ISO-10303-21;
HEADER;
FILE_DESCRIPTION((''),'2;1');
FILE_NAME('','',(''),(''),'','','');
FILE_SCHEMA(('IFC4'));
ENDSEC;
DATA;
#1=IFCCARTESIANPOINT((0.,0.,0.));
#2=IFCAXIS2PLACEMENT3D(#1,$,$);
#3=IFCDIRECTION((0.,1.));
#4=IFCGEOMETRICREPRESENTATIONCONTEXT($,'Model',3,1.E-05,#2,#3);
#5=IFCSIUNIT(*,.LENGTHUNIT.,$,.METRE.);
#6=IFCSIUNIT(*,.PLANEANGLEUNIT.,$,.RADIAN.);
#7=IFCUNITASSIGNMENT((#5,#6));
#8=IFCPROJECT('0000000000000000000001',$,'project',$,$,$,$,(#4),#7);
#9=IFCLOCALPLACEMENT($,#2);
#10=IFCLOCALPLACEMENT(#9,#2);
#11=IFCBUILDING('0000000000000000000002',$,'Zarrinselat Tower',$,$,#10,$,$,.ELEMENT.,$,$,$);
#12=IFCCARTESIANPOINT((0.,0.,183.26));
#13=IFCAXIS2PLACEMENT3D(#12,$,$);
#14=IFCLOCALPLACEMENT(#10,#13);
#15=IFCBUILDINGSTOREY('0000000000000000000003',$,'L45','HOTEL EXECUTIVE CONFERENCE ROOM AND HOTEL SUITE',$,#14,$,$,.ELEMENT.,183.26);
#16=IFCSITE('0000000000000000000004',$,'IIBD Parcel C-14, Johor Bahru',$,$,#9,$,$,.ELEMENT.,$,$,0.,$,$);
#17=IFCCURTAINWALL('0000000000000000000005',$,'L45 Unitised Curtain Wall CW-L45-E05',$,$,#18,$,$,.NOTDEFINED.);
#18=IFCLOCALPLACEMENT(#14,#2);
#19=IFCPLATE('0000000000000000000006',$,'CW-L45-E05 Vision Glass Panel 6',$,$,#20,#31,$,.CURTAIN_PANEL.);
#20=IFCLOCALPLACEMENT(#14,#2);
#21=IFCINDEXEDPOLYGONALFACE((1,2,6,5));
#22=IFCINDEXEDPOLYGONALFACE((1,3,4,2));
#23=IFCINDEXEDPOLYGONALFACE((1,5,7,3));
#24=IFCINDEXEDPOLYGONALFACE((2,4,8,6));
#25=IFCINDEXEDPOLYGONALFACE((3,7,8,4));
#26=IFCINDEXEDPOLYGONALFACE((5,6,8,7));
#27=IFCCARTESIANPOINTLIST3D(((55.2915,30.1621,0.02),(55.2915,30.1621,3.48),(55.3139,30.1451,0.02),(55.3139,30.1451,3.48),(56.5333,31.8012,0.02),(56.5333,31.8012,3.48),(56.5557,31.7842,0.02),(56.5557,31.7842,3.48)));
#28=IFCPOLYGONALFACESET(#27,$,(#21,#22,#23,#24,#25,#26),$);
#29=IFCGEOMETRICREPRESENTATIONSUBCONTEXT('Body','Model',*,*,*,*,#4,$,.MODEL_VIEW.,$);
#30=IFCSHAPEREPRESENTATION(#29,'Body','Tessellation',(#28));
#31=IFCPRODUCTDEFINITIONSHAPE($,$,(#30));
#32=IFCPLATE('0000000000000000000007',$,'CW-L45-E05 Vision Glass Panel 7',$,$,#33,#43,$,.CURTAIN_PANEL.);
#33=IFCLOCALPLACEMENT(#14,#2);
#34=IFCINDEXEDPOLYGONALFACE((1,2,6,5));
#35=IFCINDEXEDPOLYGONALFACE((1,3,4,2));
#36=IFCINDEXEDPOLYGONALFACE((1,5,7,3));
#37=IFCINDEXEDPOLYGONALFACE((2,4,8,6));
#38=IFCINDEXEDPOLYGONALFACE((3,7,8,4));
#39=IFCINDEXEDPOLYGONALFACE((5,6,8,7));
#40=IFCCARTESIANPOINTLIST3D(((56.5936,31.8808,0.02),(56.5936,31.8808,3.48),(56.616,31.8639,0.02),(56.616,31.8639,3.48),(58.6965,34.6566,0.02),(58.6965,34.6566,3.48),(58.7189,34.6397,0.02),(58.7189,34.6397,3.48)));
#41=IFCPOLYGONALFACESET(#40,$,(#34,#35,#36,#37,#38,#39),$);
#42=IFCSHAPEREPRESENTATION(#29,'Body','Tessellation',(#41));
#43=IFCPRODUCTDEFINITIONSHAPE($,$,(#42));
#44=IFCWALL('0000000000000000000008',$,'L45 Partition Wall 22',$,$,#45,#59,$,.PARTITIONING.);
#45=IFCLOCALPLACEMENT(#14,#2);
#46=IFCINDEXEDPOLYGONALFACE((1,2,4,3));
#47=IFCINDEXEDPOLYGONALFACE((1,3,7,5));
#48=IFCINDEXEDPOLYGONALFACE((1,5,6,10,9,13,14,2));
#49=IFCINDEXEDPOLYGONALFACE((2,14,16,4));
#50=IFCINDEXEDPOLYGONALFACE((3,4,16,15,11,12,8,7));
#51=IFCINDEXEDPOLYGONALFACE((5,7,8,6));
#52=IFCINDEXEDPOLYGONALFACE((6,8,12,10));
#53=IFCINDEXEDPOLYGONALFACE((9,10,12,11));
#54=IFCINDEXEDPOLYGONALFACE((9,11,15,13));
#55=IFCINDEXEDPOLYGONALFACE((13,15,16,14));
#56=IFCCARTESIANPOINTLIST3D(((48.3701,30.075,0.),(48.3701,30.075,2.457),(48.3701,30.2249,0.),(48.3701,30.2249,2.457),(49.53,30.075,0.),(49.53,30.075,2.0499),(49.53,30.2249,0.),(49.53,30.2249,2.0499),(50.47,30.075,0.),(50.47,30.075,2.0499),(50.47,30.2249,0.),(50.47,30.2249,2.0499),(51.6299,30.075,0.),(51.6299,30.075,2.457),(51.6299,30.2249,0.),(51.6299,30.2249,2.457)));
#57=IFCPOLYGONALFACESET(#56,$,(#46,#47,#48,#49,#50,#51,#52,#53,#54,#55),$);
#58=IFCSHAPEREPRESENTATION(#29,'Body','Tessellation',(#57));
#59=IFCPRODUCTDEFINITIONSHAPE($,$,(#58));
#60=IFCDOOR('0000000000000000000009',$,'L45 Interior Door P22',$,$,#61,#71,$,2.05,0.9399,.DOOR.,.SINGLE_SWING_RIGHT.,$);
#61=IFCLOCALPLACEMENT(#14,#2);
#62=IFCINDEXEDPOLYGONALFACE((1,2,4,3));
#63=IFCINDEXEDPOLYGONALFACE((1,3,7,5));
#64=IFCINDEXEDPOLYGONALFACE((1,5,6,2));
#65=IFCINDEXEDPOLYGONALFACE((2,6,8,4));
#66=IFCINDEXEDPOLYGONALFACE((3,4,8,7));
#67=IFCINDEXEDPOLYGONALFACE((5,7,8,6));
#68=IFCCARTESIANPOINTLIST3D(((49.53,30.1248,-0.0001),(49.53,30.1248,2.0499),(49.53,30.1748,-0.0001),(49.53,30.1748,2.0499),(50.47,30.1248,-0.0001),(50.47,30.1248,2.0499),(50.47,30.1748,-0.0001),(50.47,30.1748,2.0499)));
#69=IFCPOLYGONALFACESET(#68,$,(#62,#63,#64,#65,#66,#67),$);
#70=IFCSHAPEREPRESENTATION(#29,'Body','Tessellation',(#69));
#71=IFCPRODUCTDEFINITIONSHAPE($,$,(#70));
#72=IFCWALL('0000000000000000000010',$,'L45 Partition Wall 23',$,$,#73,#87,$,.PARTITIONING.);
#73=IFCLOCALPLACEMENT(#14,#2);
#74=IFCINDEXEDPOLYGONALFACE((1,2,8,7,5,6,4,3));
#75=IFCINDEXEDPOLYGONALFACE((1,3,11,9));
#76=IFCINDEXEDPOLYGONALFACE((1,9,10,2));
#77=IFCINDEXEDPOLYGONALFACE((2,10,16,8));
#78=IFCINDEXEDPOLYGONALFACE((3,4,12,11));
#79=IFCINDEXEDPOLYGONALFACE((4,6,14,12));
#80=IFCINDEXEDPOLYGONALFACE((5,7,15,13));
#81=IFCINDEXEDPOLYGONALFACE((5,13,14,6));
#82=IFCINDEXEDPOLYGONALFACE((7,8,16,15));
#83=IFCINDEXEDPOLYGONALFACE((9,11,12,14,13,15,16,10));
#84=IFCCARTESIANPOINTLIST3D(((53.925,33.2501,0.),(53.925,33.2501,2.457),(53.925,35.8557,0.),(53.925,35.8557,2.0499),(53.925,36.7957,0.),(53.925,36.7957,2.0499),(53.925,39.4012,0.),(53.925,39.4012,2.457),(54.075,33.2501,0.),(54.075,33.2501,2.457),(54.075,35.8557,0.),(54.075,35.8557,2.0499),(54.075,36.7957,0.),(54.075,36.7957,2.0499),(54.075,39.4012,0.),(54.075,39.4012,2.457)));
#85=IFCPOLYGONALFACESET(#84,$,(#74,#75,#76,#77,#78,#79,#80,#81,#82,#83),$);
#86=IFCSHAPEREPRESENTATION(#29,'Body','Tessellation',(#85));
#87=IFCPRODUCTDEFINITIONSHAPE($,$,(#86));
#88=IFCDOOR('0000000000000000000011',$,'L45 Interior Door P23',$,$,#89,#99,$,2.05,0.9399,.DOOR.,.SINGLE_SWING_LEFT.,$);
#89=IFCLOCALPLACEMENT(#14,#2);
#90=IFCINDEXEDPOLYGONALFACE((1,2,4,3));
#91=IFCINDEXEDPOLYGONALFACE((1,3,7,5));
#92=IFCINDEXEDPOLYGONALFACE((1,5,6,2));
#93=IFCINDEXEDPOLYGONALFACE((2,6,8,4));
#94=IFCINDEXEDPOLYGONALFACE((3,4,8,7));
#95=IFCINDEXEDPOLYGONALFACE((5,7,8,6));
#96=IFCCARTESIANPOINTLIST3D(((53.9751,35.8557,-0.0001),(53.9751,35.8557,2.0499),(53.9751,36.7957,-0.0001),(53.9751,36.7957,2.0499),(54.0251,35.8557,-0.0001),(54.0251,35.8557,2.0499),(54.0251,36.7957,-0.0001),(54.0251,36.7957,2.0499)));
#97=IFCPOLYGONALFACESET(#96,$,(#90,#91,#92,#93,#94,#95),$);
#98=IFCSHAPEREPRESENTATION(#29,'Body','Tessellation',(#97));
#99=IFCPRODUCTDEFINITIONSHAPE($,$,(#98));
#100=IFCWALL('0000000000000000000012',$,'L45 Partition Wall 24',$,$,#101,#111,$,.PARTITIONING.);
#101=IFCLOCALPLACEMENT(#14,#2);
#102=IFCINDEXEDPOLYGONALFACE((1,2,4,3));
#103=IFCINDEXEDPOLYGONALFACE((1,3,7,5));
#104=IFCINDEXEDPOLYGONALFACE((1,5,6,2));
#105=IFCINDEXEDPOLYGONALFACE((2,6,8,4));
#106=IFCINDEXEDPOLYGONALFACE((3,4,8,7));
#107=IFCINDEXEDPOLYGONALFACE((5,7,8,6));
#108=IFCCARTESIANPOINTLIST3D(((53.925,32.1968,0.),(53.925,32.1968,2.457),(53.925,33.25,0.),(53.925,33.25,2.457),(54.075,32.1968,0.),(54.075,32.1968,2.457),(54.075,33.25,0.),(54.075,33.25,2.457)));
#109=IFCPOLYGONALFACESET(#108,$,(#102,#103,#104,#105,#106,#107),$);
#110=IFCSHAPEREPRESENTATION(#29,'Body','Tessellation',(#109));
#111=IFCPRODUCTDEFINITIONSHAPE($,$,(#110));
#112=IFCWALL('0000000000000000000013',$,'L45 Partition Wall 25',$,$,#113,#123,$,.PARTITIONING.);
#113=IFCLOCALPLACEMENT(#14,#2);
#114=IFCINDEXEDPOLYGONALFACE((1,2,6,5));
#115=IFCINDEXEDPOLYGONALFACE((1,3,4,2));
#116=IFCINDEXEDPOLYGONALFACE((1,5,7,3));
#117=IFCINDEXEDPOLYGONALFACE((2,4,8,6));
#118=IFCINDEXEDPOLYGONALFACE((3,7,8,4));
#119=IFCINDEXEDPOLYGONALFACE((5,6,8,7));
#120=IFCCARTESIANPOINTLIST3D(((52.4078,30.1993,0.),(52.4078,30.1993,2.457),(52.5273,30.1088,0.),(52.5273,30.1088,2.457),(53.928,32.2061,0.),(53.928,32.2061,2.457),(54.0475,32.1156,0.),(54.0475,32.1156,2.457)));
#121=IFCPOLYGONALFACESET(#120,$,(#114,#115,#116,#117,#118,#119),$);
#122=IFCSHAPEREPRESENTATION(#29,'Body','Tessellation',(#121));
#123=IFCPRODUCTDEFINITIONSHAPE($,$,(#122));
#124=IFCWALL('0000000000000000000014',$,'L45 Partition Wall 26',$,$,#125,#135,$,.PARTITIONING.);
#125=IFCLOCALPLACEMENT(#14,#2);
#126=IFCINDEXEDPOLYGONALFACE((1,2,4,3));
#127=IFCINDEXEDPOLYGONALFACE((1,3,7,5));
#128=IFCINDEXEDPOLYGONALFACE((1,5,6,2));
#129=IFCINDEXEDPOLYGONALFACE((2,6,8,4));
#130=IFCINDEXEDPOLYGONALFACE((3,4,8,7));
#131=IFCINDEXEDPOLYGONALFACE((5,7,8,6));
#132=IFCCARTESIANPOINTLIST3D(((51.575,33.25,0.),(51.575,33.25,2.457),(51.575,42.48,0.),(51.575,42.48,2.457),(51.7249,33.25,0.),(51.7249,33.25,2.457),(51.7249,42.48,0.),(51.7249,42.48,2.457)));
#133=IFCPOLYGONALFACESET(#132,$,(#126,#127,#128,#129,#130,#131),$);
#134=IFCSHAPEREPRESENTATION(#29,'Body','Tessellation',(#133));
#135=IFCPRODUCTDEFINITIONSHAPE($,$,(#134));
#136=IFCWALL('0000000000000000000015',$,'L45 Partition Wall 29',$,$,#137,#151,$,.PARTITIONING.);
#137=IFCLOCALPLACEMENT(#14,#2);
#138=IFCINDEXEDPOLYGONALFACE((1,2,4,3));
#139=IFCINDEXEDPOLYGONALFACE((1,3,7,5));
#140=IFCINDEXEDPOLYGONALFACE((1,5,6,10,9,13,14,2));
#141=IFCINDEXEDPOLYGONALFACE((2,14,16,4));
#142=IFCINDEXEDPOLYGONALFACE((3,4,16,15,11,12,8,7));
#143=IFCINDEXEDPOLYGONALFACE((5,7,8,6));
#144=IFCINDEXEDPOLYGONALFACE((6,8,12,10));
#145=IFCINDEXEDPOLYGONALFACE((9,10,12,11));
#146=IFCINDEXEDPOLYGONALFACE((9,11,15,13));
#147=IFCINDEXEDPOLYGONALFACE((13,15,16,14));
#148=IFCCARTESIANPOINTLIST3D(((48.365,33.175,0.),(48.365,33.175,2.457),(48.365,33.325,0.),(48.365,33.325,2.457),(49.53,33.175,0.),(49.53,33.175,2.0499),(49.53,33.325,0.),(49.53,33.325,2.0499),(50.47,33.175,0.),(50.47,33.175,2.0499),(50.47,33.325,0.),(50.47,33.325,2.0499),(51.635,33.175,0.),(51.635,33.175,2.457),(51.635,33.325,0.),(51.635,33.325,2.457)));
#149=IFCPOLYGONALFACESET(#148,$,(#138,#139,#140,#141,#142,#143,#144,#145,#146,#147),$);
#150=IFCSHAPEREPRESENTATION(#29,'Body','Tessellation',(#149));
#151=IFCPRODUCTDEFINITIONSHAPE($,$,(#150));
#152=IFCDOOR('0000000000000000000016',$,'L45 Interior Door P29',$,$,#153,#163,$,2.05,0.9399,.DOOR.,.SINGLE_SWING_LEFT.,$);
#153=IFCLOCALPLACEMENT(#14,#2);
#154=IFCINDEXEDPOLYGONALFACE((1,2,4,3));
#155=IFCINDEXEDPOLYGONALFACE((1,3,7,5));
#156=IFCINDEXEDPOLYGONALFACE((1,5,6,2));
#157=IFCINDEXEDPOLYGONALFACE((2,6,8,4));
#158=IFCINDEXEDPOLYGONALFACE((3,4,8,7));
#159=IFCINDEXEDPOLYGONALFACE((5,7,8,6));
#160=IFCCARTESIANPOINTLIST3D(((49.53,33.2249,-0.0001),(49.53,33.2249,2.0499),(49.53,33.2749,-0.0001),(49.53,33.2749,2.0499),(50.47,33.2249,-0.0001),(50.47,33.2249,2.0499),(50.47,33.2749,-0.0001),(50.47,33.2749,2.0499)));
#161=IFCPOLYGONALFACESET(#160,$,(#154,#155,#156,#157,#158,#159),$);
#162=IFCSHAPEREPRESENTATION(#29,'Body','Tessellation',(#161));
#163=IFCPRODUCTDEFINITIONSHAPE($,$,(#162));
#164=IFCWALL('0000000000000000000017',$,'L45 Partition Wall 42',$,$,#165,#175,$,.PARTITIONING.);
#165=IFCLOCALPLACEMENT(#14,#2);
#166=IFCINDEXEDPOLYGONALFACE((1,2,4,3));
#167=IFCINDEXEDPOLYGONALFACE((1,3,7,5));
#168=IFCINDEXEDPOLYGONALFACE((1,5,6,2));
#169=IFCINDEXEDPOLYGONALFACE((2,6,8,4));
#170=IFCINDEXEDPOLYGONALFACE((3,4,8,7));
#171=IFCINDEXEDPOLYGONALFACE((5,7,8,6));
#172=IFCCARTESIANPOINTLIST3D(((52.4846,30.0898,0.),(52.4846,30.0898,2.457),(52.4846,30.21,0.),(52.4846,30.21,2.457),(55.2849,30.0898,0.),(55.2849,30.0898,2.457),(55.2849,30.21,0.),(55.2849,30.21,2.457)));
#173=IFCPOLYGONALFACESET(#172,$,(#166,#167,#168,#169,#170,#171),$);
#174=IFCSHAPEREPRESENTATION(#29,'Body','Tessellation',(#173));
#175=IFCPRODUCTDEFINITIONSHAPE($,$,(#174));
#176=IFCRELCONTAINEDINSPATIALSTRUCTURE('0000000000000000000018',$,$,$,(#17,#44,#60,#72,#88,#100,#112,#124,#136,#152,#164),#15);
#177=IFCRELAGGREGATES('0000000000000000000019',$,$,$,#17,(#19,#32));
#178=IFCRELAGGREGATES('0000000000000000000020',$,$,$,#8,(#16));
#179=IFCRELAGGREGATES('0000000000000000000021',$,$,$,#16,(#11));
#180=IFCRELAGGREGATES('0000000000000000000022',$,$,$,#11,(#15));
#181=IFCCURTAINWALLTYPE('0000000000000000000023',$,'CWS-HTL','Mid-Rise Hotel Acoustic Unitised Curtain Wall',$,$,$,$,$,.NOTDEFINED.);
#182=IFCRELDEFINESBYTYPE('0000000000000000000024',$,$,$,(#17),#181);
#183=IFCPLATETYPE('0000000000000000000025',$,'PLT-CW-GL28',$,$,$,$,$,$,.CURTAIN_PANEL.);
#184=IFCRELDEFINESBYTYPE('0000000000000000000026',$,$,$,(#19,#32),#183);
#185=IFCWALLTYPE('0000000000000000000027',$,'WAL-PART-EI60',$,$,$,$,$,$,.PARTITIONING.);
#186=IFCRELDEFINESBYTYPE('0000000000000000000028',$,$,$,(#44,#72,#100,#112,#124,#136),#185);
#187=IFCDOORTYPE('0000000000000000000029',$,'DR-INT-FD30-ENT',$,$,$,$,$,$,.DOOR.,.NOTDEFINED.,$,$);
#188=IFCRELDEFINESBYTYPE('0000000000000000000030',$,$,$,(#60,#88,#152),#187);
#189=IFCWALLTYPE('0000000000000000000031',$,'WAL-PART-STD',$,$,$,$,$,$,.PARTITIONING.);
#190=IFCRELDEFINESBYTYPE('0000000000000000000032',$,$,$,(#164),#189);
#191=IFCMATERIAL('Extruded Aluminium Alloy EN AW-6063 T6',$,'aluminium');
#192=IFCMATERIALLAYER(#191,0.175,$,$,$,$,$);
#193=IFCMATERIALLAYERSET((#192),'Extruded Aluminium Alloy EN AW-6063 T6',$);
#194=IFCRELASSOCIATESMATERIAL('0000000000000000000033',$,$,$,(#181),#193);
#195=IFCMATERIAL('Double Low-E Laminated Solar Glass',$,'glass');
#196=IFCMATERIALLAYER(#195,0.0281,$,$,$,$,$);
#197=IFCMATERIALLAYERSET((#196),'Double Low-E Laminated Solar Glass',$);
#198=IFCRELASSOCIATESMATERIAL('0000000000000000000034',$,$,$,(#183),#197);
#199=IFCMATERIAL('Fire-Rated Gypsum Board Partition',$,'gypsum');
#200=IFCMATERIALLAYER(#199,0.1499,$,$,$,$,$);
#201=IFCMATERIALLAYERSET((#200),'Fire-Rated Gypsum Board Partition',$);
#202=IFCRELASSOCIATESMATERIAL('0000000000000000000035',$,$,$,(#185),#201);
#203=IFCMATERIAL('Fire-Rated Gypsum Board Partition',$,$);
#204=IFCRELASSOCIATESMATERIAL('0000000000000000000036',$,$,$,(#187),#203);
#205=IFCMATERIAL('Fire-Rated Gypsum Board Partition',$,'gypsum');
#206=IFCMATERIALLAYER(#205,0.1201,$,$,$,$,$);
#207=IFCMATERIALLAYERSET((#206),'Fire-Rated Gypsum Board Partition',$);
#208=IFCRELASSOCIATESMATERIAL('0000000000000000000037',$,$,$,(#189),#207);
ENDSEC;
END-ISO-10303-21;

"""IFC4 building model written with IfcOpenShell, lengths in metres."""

from ifc_helpers import new_model, si_unit, direction, frame, frame_2d, origin, origin_2d, place, context, subcontext, project, spatial, rectangle, extrude, material, layer, layer_set, type_object, element, fill, aggregate, save


model = new_model("IFC4")

# Units and contexts
model_context = context("Model", 3, precision=1e-05, world=origin(), true_north=direction((0.0, 1.0)))
body_context = subcontext(model_context, "Body", "Model", "MODEL_VIEW")
ifc_project = project(units=[si_unit("LENGTHUNIT", "METRE"), si_unit("PLANEANGLEUNIT", "RADIAN")], contexts=[model_context])

# Site, building, storey
site_placement = place(None, origin())
site = spatial("IfcSite", under=ifc_project, at=site_placement, Name="IIBD Parcel C-14, Johor Bahru", CompositionType="ELEMENT", RefElevation=0.0)
building_placement = place(site_placement, origin())
building = spatial("IfcBuilding", under=site, at=building_placement, Name="Zarrinselat Tower", CompositionType="ELEMENT")
storey_placement = place(building_placement, frame((0.0, 0.0, 183.26)))
storey = spatial("IfcBuildingStorey", under=building, at=storey_placement, Name="L45", Description="HOTEL EXECUTIVE CONFERENCE ROOM AND HOTEL SUITE", CompositionType="ELEMENT", Elevation=183.26)

# Curtain wall, plates
ifc_material_1 = material(Name="Extruded Aluminium Alloy EN AW-6063 T6", Category="aluminium")
ifc_layer_1 = layer(ifc_material_1, 0.175)
ifc_layer_set_1 = layer_set([ifc_layer_1], Name="Extruded Aluminium Alloy EN AW-6063 T6")
curtain_wall_type = type_object("IfcCurtainWallType", Name="CWS-HTL", Description="Mid-Rise Hotel Acoustic Unitised Curtain Wall", PredefinedType="NOTDEFINED", material=ifc_layer_set_1)
curtain_wall_placement = place(storey_placement, origin())
curtain_wall = element("IfcCurtainWall", 1, at=curtain_wall_placement, inside=storey, type_object=curtain_wall_type, Name="L45 Unitised Curtain Wall CW-L45-E05", PredefinedType="NOTDEFINED")
ifc_material_2 = material(Name="Double Low-E Laminated Solar Glass", Category="glass")
ifc_layer_2 = layer(ifc_material_2, 0.0281)
ifc_layer_set_2 = layer_set([ifc_layer_2], Name="Double Low-E Laminated Solar Glass")
plate_type = type_object("IfcPlateType", Name="PLT-CW-GL28", PredefinedType="CURTAIN_PANEL", material=ifc_layer_set_2)
plate_1_placement = place(storey_placement, frame((55.9236, 30.9731, 0.02), z_axis=(0.0, 0.0, 1.0), x_axis=(0.603859, 0.797091, 0.0)))
plate_1 = element("IfcPlate", 2, at=plate_1_placement, type_object=plate_type, Name="CW-L45-E05 Vision Glass Panel 6", PredefinedType="CURTAIN_PANEL", context=body_context, shape_type="SweptSolid", body=[
    extrude(rectangle(XDim=2.0564, YDim=0.0281, at=origin_2d()), origin(), (0.0, 0.0, 1.0), 3.46),
])
plate_2_placement = place(storey_placement, frame((57.6562, 33.2603, 0.02), z_axis=(0.0, 0.0, 1.0), x_axis=(0.603859, 0.797091, 0.0)))
plate_2 = element("IfcPlate", 3, at=plate_2_placement, type_object=plate_type, Name="CW-L45-E05 Vision Glass Panel 7", PredefinedType="CURTAIN_PANEL", context=body_context, shape_type="SweptSolid", body=[
    extrude(rectangle(XDim=3.4824, YDim=0.0281, at=origin_2d()), origin(), (0.0, 0.0, 1.0), 3.46),
])
aggregate(curtain_wall, [plate_1, plate_2])

# Walls, openings, doors
ifc_material_3 = material(Name="Fire-Rated Gypsum Board Partition", Category="gypsum")
ifc_layer_3 = layer(ifc_material_3, 0.1499)
ifc_layer_set_3 = layer_set([ifc_layer_3], Name="Fire-Rated Gypsum Board Partition")
wall_type_1 = type_object("IfcWallType", Name="WAL-PART-EI60", PredefinedType="PARTITIONING", material=ifc_layer_set_3)
wall_1_placement = place(storey_placement, frame((48.3701, 30.1499, 0.0), z_axis=(0.0, 0.0, 1.0), x_axis=(1.0, 0.0, 0.0)))
wall_1 = element("IfcWall", 4, at=wall_1_placement, inside=storey, type_object=wall_type_1, Name="L45 Partition Wall 22", PredefinedType="PARTITIONING", context=body_context, shape_type="SweptSolid", body=[
    extrude(rectangle(XDim=3.2598, YDim=0.1499, at=frame_2d((1.6299, 0.0))), origin(), (0.0, 0.0, 1.0), 2.457),
])
opening_1_placement = place(wall_1_placement, frame((1.1599, 0.0, 0.0)))
opening_1 = element("IfcOpeningElement", 5, at=opening_1_placement, cuts=wall_1, PredefinedType="OPENING", context=body_context, shape_type="SweptSolid", body=[
    extrude(rectangle(XDim=0.9399, YDim=2.05, at=frame_2d((0.47, 1.0249))), frame((0.0, 0.085, 0.0), z_axis=(0.0, -1.0, 0.0), x_axis=(1.0, 0.0, 0.0)), (0.0, 0.0, 1.0), 0.1699),
])
ifc_material_4 = material(Name="Fire-Rated Gypsum Board Partition")
door_type = type_object("IfcDoorType", Name="DR-INT-FD30-ENT", OperationType="NOTDEFINED", PredefinedType="DOOR", material=ifc_material_4)
door_1_placement = place(opening_1_placement, origin())
door_1 = element("IfcDoor", 6, at=door_1_placement, inside=storey, type_object=door_type, Name="L45 Interior Door P22", OperationType="SINGLE_SWING_RIGHT", OverallHeight=2.05, OverallWidth=0.9399, PredefinedType="DOOR", context=body_context, shape_type="SweptSolid", body=[
    extrude(rectangle(XDim=0.9399, YDim=2.05, at=frame_2d((0.47, 1.0249))), frame((0.0, 0.0249, 0.0), z_axis=(0.0, -1.0, 0.0), x_axis=(1.0, 0.0, 0.0)), (0.0, 0.0, 1.0), 0.05),
])
fill(opening_1, door_1)
wall_2_placement = place(storey_placement, frame((54.0, 33.25, 0.0), z_axis=(0.0, 0.0, 1.0), x_axis=(0.0, 1.0, 0.0)))
wall_2 = element("IfcWall", 7, at=wall_2_placement, inside=storey, type_object=wall_type_1, Name="L45 Partition Wall 23", PredefinedType="PARTITIONING", context=body_context, shape_type="SweptSolid", body=[
    extrude(rectangle(XDim=6.1511, YDim=0.1499, at=frame_2d((3.0757, 0.0))), origin(), (0.0, 0.0, 1.0), 2.457),
])
opening_2_placement = place(wall_2_placement, frame((2.6057, 0.0, 0.0)))
opening_2 = element("IfcOpeningElement", 8, at=opening_2_placement, cuts=wall_2, PredefinedType="OPENING", context=body_context, shape_type="SweptSolid", body=[
    extrude(rectangle(XDim=0.9399, YDim=2.05, at=frame_2d((0.47, 1.0249))), frame((0.0, 0.085, 0.0), z_axis=(0.0, -1.0, 0.0), x_axis=(1.0, 0.0, 0.0)), (0.0, 0.0, 1.0), 0.1699),
])
door_2_placement = place(opening_2_placement, origin())
door_2 = element("IfcDoor", 9, at=door_2_placement, inside=storey, type_object=door_type, Name="L45 Interior Door P23", OperationType="SINGLE_SWING_LEFT", OverallHeight=2.05, OverallWidth=0.9399, PredefinedType="DOOR", context=body_context, shape_type="SweptSolid", body=[
    extrude(rectangle(XDim=0.9399, YDim=2.05, at=frame_2d((0.47, 1.0249))), frame((0.0, 0.0249, 0.0), z_axis=(0.0, -1.0, 0.0), x_axis=(1.0, 0.0, 0.0)), (0.0, 0.0, 1.0), 0.05),
])
fill(opening_2, door_2)

# Walls
wall_3_placement = place(storey_placement, frame((54.0, 32.1968, 0.0), z_axis=(0.0, 0.0, 1.0), x_axis=(0.0, 1.0, 0.0)))
element("IfcWall", 10, at=wall_3_placement, inside=storey, type_object=wall_type_1, Name="L45 Partition Wall 24", PredefinedType="PARTITIONING", context=body_context, shape_type="SweptSolid", body=[
    extrude(rectangle(XDim=1.0532, YDim=0.1499, at=frame_2d((0.5266, 0.0))), origin(), (0.0, 0.0, 1.0), 2.457),
])
wall_4_placement = place(storey_placement, frame((52.4675, 30.1541, 0.0), z_axis=(0.0, 0.0, 1.0), x_axis=(0.603841, 0.797105, 0.0)))
element("IfcWall", 11, at=wall_4_placement, inside=storey, type_object=wall_type_1, Name="L45 Partition Wall 25", PredefinedType="PARTITIONING", context=body_context, shape_type="SweptSolid", body=[
    extrude(rectangle(XDim=2.5176, YDim=0.1499, at=frame_2d((1.2588, 0.0))), origin(), (0.0, 0.0, 1.0), 2.457),
])
wall_5_placement = place(storey_placement, frame((51.6499, 33.25, 0.0), z_axis=(0.0, 0.0, 1.0), x_axis=(0.0, 1.0, 0.0)))
element("IfcWall", 12, at=wall_5_placement, inside=storey, type_object=wall_type_1, Name="L45 Partition Wall 26", PredefinedType="PARTITIONING", context=body_context, shape_type="SweptSolid", body=[
    extrude(rectangle(XDim=9.23, YDim=0.1499, at=frame_2d((4.615, 0.0))), origin(), (0.0, 0.0, 1.0), 2.457),
])

# Wall, opening, door
wall_6_placement = place(storey_placement, frame((48.365, 33.25, 0.0), z_axis=(0.0, 0.0, 1.0), x_axis=(1.0, 0.0, 0.0)))
wall_6 = element("IfcWall", 13, at=wall_6_placement, inside=storey, type_object=wall_type_1, Name="L45 Partition Wall 29", PredefinedType="PARTITIONING", context=body_context, shape_type="SweptSolid", body=[
    extrude(rectangle(XDim=3.27, YDim=0.1499, at=frame_2d((1.635, 0.0))), origin(), (0.0, 0.0, 1.0), 2.457),
])
opening_3_placement = place(wall_6_placement, frame((1.165, 0.0, 0.0)))
opening_3 = element("IfcOpeningElement", 14, at=opening_3_placement, cuts=wall_6, PredefinedType="OPENING", context=body_context, shape_type="SweptSolid", body=[
    extrude(rectangle(XDim=0.9399, YDim=2.05, at=frame_2d((0.47, 1.0249))), frame((0.0, 0.085, 0.0), z_axis=(0.0, -1.0, 0.0), x_axis=(1.0, 0.0, 0.0)), (0.0, 0.0, 1.0), 0.1699),
])
door_3_placement = place(opening_3_placement, origin())
door_3 = element("IfcDoor", 15, at=door_3_placement, inside=storey, type_object=door_type, Name="L45 Interior Door P29", OperationType="SINGLE_SWING_LEFT", OverallHeight=2.05, OverallWidth=0.9399, PredefinedType="DOOR", context=body_context, shape_type="SweptSolid", body=[
    extrude(rectangle(XDim=0.9399, YDim=2.05, at=frame_2d((0.47, 1.0249))), frame((0.0, 0.0249, 0.0), z_axis=(0.0, -1.0, 0.0), x_axis=(1.0, 0.0, 0.0)), (0.0, 0.0, 1.0), 0.05),
])
fill(opening_3, door_3)

# Wall
ifc_material_5 = material(Name="Fire-Rated Gypsum Board Partition", Category="gypsum")
ifc_layer_4 = layer(ifc_material_5, 0.1201)
ifc_layer_set_4 = layer_set([ifc_layer_4], Name="Fire-Rated Gypsum Board Partition")
wall_type_2 = type_object("IfcWallType", Name="WAL-PART-STD", PredefinedType="PARTITIONING", material=ifc_layer_set_4)
wall_7_placement = place(storey_placement, frame((52.4846, 30.1499, 0.0), z_axis=(0.0, 0.0, 1.0), x_axis=(1.0, 0.0, 0.0)))
element("IfcWall", 16, at=wall_7_placement, inside=storey, type_object=wall_type_2, Name="L45 Partition Wall 42", PredefinedType="PARTITIONING", context=body_context, shape_type="SweptSolid", body=[
    extrude(rectangle(XDim=2.8003, YDim=0.1201, at=frame_2d((1.4001, 0.0))), origin(), (0.0, 0.0, 1.0), 2.457),
])

save(model, "model.ifc")
